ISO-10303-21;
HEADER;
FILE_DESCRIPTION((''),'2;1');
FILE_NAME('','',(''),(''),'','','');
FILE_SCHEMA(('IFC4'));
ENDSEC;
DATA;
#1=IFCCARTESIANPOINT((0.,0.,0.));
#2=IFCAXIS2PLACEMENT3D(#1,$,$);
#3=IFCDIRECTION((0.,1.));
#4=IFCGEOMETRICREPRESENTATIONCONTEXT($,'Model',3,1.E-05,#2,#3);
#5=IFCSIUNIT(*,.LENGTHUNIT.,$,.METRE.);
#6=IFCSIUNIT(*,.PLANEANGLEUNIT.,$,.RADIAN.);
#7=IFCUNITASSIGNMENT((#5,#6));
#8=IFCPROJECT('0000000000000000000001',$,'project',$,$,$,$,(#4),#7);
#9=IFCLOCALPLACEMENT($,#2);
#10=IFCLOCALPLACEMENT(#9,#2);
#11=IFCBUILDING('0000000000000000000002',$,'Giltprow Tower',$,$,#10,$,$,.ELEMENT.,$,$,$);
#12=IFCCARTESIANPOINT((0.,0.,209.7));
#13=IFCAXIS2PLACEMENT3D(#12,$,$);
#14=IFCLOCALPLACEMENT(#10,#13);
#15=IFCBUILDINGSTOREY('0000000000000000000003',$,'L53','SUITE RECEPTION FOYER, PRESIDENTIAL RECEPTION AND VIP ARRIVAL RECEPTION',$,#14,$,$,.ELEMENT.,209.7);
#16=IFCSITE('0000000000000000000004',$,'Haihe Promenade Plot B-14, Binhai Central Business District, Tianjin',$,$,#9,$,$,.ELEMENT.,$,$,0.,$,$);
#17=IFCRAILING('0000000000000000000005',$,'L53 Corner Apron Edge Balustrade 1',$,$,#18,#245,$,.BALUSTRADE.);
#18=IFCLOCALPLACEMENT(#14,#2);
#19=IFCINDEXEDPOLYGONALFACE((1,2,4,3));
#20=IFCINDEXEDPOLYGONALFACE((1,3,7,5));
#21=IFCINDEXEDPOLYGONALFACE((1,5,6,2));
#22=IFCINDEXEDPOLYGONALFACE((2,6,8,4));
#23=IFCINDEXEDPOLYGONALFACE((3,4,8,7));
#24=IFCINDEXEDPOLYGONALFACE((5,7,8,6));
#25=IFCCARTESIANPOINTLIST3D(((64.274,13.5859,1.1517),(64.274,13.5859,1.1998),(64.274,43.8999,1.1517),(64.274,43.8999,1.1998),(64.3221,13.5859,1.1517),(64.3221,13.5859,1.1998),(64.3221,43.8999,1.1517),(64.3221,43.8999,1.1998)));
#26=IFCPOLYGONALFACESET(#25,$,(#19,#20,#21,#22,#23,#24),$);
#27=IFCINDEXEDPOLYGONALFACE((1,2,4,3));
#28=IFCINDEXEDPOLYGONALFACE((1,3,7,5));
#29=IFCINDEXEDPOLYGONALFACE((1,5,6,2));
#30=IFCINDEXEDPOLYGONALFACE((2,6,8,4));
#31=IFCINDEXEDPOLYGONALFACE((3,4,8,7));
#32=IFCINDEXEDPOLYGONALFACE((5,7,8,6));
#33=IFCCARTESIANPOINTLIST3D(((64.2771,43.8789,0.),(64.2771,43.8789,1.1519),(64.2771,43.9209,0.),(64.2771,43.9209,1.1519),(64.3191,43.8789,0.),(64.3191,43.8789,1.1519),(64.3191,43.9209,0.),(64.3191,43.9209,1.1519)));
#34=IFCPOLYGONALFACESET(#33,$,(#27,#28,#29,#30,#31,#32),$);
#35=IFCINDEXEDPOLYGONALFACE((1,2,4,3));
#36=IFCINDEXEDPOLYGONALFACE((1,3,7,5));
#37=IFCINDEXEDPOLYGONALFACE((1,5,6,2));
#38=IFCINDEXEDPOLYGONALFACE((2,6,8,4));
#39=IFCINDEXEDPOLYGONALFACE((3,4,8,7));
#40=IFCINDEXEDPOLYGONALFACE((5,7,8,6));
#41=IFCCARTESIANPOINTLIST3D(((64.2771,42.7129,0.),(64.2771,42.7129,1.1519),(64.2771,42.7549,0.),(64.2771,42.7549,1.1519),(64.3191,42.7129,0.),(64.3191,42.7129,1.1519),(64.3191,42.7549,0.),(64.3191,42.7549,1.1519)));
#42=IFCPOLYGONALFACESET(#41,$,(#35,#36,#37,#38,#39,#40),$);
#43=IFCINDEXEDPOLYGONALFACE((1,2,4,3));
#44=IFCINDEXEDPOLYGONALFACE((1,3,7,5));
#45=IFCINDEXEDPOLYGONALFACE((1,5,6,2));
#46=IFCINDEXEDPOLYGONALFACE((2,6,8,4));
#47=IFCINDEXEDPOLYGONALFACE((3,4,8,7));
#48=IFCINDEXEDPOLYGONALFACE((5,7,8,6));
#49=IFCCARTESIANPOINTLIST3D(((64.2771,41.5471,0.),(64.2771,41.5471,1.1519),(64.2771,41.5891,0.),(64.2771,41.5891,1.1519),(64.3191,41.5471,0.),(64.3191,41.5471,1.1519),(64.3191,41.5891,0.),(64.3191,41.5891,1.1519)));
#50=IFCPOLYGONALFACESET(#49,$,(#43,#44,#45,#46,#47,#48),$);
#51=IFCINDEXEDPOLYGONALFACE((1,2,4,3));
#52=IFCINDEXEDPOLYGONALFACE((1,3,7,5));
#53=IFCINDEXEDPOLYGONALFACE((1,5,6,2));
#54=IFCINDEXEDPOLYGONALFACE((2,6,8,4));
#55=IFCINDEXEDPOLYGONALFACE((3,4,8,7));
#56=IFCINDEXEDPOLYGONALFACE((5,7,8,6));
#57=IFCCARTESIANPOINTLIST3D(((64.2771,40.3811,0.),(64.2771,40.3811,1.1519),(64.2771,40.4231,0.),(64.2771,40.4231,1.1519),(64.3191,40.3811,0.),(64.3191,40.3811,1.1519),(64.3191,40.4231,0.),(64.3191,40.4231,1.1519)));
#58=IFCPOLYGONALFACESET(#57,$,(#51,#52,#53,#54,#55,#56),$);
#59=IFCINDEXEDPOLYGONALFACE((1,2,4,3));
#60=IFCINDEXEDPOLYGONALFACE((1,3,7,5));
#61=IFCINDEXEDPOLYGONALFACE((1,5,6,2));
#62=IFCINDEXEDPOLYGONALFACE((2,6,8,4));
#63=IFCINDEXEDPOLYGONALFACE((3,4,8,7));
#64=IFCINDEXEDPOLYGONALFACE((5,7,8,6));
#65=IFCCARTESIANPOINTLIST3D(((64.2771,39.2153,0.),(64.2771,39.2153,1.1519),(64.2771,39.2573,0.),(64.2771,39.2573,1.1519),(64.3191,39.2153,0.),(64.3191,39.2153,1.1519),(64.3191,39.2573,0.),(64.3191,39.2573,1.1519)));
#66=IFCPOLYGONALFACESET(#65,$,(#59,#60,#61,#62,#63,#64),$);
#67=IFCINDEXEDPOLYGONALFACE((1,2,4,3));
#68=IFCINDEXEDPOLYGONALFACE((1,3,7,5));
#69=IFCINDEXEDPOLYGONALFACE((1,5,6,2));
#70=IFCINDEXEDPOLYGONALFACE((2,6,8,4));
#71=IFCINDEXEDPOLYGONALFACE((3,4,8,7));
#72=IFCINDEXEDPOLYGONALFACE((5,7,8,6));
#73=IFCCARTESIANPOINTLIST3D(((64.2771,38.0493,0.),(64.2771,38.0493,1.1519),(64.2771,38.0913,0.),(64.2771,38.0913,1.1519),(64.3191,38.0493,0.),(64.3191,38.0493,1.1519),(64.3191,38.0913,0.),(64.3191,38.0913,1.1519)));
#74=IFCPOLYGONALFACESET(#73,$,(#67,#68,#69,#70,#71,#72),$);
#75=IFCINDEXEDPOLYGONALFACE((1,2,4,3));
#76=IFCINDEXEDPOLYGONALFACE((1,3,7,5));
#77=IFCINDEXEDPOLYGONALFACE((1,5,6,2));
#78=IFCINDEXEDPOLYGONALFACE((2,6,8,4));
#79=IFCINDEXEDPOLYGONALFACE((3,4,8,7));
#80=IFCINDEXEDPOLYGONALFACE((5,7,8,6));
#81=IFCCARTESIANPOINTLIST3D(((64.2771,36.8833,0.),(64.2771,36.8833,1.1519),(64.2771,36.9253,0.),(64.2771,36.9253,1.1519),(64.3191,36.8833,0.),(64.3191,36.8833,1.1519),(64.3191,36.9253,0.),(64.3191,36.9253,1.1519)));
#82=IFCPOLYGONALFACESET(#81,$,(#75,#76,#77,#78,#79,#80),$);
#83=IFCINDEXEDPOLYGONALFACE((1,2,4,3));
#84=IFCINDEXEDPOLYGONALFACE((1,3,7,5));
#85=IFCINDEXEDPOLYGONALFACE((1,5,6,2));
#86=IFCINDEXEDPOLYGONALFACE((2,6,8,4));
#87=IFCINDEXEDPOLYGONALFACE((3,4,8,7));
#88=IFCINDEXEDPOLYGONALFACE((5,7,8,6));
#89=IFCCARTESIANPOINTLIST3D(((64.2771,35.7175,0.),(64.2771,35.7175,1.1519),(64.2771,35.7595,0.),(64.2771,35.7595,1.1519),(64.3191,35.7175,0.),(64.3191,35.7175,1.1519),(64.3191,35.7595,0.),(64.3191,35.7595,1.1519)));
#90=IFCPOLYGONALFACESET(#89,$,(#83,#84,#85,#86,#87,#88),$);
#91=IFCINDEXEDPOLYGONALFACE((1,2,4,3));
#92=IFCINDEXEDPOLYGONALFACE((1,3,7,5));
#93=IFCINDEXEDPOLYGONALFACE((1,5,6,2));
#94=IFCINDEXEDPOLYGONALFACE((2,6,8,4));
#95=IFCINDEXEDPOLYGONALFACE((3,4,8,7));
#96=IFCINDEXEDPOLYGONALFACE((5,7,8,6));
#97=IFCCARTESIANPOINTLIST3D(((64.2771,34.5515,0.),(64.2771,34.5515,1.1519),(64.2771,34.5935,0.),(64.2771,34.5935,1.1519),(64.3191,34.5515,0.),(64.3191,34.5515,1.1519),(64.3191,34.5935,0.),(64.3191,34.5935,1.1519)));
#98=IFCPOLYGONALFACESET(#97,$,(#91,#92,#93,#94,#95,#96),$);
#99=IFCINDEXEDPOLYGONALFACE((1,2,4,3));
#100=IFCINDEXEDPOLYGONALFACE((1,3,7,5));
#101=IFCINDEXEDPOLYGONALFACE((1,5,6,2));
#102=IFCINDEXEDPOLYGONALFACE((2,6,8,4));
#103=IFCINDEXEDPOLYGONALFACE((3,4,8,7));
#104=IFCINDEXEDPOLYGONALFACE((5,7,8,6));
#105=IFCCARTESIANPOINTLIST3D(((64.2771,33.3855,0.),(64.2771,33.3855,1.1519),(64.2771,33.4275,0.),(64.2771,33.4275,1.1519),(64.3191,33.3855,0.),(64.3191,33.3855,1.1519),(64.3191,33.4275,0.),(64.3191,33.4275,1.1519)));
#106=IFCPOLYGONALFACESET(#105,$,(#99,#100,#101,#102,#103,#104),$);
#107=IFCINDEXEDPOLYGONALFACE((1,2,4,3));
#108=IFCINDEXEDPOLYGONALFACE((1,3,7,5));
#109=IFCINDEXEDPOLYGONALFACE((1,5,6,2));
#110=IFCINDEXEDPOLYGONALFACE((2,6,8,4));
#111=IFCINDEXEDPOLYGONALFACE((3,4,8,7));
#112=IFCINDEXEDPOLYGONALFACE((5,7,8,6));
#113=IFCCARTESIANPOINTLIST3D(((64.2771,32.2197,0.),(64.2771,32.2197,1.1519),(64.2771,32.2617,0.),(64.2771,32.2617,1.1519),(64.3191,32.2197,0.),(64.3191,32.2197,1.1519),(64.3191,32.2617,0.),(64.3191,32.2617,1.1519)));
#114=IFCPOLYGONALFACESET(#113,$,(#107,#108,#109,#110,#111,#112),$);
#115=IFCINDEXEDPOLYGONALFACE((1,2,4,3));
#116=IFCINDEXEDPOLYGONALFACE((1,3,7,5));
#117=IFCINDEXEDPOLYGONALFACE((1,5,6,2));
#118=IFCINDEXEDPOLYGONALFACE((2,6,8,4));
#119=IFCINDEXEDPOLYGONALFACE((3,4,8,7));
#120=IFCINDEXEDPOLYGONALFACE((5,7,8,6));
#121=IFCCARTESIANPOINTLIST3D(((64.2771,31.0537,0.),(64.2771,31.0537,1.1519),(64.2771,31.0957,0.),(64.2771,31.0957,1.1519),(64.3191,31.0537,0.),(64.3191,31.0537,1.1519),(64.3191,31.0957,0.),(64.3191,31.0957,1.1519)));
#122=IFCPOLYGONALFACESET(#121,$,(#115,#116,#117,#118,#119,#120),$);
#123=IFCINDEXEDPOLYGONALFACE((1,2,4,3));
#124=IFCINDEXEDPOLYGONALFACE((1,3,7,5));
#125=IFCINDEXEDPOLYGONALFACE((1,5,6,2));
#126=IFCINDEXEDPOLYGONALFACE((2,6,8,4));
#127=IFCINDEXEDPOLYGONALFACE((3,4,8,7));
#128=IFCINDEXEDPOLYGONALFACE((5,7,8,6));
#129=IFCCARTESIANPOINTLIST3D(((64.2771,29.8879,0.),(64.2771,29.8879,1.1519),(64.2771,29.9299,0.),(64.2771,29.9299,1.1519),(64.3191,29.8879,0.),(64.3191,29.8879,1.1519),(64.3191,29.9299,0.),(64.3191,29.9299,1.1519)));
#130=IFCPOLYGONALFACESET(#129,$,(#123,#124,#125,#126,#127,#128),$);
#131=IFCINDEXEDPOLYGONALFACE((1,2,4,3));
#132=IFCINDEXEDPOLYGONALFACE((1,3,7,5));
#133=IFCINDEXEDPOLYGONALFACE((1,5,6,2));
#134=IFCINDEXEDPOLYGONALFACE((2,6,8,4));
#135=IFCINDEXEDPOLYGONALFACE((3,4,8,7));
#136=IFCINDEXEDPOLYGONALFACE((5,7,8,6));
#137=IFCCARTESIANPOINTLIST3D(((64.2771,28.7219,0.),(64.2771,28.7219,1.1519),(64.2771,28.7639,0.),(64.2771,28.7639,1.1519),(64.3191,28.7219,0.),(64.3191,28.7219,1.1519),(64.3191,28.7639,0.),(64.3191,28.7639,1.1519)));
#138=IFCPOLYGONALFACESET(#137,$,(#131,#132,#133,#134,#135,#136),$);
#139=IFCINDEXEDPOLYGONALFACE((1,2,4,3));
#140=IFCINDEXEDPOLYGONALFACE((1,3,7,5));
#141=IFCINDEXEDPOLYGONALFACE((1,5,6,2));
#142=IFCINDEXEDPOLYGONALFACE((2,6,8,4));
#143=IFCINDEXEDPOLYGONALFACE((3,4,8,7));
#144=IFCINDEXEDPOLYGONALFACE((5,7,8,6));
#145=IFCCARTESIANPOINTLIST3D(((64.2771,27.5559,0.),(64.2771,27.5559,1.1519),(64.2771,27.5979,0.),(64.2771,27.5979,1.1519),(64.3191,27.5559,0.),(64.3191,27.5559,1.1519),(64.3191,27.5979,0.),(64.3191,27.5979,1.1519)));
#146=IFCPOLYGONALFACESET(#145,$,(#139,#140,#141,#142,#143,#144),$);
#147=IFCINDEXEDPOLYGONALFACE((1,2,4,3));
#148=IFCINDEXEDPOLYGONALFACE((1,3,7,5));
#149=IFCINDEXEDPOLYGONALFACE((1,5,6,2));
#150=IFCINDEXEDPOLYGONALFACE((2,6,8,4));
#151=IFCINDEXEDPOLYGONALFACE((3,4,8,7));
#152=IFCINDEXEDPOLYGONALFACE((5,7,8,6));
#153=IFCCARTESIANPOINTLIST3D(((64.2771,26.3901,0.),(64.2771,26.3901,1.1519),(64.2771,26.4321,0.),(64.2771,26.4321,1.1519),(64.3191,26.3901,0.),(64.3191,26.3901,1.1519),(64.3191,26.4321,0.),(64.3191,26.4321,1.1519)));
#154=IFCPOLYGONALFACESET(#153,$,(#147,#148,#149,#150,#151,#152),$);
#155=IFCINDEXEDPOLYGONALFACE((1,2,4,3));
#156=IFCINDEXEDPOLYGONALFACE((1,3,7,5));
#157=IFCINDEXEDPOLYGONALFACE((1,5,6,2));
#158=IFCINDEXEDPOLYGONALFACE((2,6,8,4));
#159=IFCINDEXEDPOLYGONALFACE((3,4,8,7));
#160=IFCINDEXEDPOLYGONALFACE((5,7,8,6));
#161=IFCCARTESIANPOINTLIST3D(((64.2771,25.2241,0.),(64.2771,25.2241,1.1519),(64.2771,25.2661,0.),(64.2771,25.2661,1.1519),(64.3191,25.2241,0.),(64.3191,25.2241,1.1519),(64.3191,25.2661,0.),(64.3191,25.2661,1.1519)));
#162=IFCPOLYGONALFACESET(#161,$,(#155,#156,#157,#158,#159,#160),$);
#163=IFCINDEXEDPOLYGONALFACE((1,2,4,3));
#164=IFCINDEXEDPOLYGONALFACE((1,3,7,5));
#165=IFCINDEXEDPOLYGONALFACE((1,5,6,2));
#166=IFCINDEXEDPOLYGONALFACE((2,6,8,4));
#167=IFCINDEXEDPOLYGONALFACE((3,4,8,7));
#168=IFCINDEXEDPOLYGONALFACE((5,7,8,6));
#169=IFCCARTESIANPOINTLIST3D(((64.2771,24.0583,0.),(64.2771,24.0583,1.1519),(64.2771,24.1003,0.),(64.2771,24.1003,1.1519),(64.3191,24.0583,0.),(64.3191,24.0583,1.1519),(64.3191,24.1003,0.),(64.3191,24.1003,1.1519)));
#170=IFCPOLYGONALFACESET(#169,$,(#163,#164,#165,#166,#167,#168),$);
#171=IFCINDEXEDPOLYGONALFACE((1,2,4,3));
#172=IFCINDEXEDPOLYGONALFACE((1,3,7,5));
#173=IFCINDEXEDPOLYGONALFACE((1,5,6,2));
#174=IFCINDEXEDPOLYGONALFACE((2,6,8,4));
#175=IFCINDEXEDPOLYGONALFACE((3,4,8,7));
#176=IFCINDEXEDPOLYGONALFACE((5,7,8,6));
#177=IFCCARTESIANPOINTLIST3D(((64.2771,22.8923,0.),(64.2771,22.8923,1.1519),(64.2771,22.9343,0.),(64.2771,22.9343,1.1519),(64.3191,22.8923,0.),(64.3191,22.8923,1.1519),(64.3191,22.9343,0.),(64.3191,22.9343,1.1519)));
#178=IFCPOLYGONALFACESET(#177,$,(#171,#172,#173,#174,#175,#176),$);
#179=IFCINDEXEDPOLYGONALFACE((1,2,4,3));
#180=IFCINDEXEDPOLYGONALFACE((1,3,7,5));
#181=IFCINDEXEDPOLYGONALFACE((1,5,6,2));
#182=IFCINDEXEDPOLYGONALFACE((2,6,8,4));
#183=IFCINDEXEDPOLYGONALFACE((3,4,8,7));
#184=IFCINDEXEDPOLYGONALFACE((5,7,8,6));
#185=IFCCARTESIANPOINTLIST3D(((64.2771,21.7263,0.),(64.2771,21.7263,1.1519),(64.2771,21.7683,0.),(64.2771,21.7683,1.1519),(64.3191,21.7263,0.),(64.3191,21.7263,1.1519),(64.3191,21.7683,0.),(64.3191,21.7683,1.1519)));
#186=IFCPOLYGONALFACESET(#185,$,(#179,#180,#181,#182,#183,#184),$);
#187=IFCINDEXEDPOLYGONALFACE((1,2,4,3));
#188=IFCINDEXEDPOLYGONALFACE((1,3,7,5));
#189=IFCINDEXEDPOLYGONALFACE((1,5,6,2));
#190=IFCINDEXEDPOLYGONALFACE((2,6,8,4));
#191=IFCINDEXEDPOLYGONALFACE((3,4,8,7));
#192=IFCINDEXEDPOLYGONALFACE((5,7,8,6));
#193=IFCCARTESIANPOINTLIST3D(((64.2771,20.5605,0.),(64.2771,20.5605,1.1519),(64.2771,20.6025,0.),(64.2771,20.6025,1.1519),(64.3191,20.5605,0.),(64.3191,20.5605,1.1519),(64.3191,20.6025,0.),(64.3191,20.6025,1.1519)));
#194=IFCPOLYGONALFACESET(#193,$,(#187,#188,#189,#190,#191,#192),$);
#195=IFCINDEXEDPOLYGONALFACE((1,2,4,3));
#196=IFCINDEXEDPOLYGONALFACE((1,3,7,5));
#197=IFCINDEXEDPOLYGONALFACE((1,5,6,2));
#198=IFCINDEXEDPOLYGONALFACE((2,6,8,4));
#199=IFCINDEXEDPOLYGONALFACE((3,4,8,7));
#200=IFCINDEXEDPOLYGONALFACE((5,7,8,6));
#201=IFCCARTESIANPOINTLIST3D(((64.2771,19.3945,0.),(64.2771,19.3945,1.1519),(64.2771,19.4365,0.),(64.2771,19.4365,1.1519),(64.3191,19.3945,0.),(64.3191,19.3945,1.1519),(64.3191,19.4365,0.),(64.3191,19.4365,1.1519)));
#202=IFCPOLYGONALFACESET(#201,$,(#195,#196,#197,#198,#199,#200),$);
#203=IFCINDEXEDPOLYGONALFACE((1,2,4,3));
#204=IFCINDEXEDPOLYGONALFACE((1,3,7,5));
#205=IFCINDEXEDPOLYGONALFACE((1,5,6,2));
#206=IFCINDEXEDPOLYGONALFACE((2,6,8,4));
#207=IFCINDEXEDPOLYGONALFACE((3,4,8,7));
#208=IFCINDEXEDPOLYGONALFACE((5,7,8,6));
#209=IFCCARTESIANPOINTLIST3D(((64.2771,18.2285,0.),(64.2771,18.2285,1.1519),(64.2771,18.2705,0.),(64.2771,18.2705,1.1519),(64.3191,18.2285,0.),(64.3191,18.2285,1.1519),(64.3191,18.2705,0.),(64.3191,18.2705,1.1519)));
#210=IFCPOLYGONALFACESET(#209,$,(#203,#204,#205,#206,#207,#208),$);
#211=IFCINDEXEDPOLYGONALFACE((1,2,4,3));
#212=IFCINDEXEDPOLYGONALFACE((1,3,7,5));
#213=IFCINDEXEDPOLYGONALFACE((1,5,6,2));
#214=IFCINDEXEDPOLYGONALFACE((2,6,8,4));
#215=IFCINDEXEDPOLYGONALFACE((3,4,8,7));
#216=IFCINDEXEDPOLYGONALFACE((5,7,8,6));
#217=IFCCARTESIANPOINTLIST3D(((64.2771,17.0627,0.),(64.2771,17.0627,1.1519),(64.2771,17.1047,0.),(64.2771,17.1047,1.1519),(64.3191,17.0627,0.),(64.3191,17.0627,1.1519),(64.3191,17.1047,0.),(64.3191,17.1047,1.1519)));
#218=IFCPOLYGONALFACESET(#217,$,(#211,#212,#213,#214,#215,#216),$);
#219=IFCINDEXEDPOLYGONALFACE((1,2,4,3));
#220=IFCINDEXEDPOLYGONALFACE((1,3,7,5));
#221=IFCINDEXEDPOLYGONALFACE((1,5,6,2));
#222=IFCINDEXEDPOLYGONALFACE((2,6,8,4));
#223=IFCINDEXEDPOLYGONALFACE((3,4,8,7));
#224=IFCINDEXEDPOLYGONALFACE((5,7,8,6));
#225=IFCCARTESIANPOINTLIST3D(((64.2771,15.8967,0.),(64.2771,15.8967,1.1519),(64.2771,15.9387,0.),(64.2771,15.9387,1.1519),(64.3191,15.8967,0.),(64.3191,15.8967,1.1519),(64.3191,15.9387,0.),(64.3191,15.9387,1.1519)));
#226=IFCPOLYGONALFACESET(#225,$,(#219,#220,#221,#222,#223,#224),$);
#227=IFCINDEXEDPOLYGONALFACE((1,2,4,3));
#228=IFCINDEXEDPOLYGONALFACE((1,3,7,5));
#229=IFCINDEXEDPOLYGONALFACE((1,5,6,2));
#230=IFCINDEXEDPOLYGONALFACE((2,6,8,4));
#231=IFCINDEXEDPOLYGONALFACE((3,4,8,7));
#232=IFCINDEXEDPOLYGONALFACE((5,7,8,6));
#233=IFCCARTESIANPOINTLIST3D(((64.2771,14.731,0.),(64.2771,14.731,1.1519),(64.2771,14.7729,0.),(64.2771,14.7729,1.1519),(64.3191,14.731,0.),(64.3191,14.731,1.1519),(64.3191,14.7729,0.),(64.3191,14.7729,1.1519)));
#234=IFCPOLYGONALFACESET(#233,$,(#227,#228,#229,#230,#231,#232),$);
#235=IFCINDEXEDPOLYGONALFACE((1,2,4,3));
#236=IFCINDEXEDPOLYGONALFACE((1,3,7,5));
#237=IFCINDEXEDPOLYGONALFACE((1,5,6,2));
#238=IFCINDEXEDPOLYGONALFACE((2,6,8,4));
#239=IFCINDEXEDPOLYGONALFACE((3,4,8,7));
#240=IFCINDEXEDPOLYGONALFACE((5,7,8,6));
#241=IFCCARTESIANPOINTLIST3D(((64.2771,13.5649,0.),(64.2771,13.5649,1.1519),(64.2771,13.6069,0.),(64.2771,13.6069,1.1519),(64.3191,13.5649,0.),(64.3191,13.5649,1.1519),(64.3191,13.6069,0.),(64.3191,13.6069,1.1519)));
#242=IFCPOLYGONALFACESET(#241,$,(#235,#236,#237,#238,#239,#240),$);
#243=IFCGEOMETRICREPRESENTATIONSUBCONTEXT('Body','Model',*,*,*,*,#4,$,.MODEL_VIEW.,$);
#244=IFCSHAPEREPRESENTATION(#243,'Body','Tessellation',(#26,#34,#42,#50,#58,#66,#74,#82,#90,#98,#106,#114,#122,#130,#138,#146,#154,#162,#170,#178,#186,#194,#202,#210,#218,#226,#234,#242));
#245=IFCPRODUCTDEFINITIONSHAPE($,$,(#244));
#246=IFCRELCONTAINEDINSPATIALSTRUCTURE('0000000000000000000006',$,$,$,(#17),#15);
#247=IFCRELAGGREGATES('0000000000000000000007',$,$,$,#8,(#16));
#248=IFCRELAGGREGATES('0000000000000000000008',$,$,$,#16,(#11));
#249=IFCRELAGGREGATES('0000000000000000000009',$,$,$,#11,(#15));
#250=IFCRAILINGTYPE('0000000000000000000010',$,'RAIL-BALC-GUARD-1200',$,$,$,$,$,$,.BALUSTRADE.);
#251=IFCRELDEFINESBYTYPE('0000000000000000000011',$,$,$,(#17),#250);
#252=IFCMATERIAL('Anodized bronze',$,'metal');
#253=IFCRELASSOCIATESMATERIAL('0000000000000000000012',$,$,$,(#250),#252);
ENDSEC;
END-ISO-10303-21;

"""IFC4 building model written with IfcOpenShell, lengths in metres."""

from ifc_helpers import new_model, si_unit, direction, frame, origin, origin_2d, place, context, subcontext, project, spatial, rectangle, extrude, material, type_object, element, save


model = new_model("IFC4")

# Units and contexts
model_context = context("Model", 3, precision=1e-05, world=origin(), true_north=direction((0.0, 1.0)))
body_context = subcontext(model_context, "Body", "Model", "MODEL_VIEW")
ifc_project = project(units=[si_unit("LENGTHUNIT", "METRE"), si_unit("PLANEANGLEUNIT", "RADIAN")], contexts=[model_context])

# Site, building, storey
site_placement = place(None, origin())
site = spatial("IfcSite", under=ifc_project, at=site_placement, Name="Haihe Promenade Plot B-14, Binhai Central Business District, Tianjin", CompositionType="ELEMENT", RefElevation=0.0)
building_placement = place(site_placement, origin())
building = spatial("IfcBuilding", under=site, at=building_placement, Name="Giltprow Tower", CompositionType="ELEMENT")
storey_placement = place(building_placement, frame((0.0, 0.0, 209.7)))
storey = spatial("IfcBuildingStorey", under=building, at=storey_placement, Name="L53", Description="SUITE RECEPTION FOYER, PRESIDENTIAL RECEPTION AND VIP ARRIVAL RECEPTION", CompositionType="ELEMENT", Elevation=209.7)

# Railing
ifc_material_1 = material(Name="Anodized bronze", Category="metal")
railing_type_1 = type_object("IfcRailingType", Name="RAIL-BALC-GUARD-1200", PredefinedType="BALUSTRADE", material=ifc_material_1)
railing_1_placement = place(storey_placement, frame((64.2981, 43.8999, 0.0)))
element("IfcRailing", 1, at=railing_1_placement, inside=storey, type_object=railing_type_1, Name="L53 Corner Apron Edge Balustrade 1", PredefinedType="BALUSTRADE", context=body_context, shape_type="SweptSolid", body=[
    extrude(rectangle(XDim=0.0481, YDim=0.0481, at=origin_2d()), frame((0.0, 0.0, 1.1758), z_axis=(0.0, -1.0, 0.0), x_axis=(1.0, 0.0, 0.0)), (0.0, 0.0, 1.0), 30.314),
    extrude(rectangle(XDim=0.042, YDim=0.042, at=origin_2d()), origin(), (0.0, 0.0, 1.0), 1.1519),
    extrude(rectangle(XDim=0.042, YDim=0.042, at=origin_2d()), frame((0.0, -1.166, 0.0)), (0.0, 0.0, 1.0), 1.1519),
    extrude(rectangle(XDim=0.042, YDim=0.042, at=origin_2d()), frame((0.0, -2.3318, 0.0)), (0.0, 0.0, 1.0), 1.1519),
    extrude(rectangle(XDim=0.042, YDim=0.042, at=origin_2d()), frame((0.0, -3.4978, 0.0)), (0.0, 0.0, 1.0), 1.1519),
    extrude(rectangle(XDim=0.042, YDim=0.042, at=origin_2d()), frame((0.0, -4.6636, 0.0)), (0.0, 0.0, 1.0), 1.1519),
    extrude(rectangle(XDim=0.042, YDim=0.042, at=origin_2d()), frame((0.0, -5.8296, 0.0)), (0.0, 0.0, 1.0), 1.1519),
    extrude(rectangle(XDim=0.042, YDim=0.042, at=origin_2d()), frame((0.0, -6.9956, 0.0)), (0.0, 0.0, 1.0), 1.1519),
    extrude(rectangle(XDim=0.042, YDim=0.042, at=origin_2d()), frame((0.0, -8.1614, 0.0)), (0.0, 0.0, 1.0), 1.1519),
    extrude(rectangle(XDim=0.042, YDim=0.042, at=origin_2d()), frame((0.0, -9.3274, 0.0)), (0.0, 0.0, 1.0), 1.1519),
    extrude(rectangle(XDim=0.042, YDim=0.042, at=origin_2d()), frame((0.0, -10.4934, 0.0)), (0.0, 0.0, 1.0), 1.1519),
    extrude(rectangle(XDim=0.042, YDim=0.042, at=origin_2d()), frame((0.0, -11.6592, 0.0)), (0.0, 0.0, 1.0), 1.1519),
    extrude(rectangle(XDim=0.042, YDim=0.042, at=origin_2d()), frame((0.0, -12.8252, 0.0)), (0.0, 0.0, 1.0), 1.1519),
    extrude(rectangle(XDim=0.042, YDim=0.042, at=origin_2d()), frame((0.0, -13.991, 0.0)), (0.0, 0.0, 1.0), 1.1519),
    extrude(rectangle(XDim=0.042, YDim=0.042, at=origin_2d()), frame((0.0, -15.157, 0.0)), (0.0, 0.0, 1.0), 1.1519),
    extrude(rectangle(XDim=0.042, YDim=0.042, at=origin_2d()), frame((0.0, -16.323, 0.0)), (0.0, 0.0, 1.0), 1.1519),
    extrude(rectangle(XDim=0.042, YDim=0.042, at=origin_2d()), frame((0.0, -17.4888, 0.0)), (0.0, 0.0, 1.0), 1.1519),
    extrude(rectangle(XDim=0.042, YDim=0.042, at=origin_2d()), frame((0.0, -18.6548, 0.0)), (0.0, 0.0, 1.0), 1.1519),
    extrude(rectangle(XDim=0.042, YDim=0.042, at=origin_2d()), frame((0.0, -19.8206, 0.0)), (0.0, 0.0, 1.0), 1.1519),
    extrude(rectangle(XDim=0.042, YDim=0.042, at=origin_2d()), frame((0.0, -20.9866, 0.0)), (0.0, 0.0, 1.0), 1.1519),
    extrude(rectangle(XDim=0.042, YDim=0.042, at=origin_2d()), frame((0.0, -22.1526, 0.0)), (0.0, 0.0, 1.0), 1.1519),
    extrude(rectangle(XDim=0.042, YDim=0.042, at=origin_2d()), frame((0.0, -23.3184, 0.0)), (0.0, 0.0, 1.0), 1.1519),
    extrude(rectangle(XDim=0.042, YDim=0.042, at=origin_2d()), frame((0.0, -24.4844, 0.0)), (0.0, 0.0, 1.0), 1.1519),
    extrude(rectangle(XDim=0.042, YDim=0.042, at=origin_2d()), frame((0.0, -25.6504, 0.0)), (0.0, 0.0, 1.0), 1.1519),
    extrude(rectangle(XDim=0.042, YDim=0.042, at=origin_2d()), frame((0.0, -26.8162, 0.0)), (0.0, 0.0, 1.0), 1.1519),
    extrude(rectangle(XDim=0.042, YDim=0.042, at=origin_2d()), frame((0.0, -27.9822, 0.0)), (0.0, 0.0, 1.0), 1.1519),
    extrude(rectangle(XDim=0.042, YDim=0.042, at=origin_2d()), frame((0.0, -29.1479, 0.0)), (0.0, 0.0, 1.0), 1.1519),
    extrude(rectangle(XDim=0.042, YDim=0.042, at=origin_2d()), frame((0.0, -30.314, 0.0)), (0.0, 0.0, 1.0), 1.1519),
])

save(model, "model.ifc")
